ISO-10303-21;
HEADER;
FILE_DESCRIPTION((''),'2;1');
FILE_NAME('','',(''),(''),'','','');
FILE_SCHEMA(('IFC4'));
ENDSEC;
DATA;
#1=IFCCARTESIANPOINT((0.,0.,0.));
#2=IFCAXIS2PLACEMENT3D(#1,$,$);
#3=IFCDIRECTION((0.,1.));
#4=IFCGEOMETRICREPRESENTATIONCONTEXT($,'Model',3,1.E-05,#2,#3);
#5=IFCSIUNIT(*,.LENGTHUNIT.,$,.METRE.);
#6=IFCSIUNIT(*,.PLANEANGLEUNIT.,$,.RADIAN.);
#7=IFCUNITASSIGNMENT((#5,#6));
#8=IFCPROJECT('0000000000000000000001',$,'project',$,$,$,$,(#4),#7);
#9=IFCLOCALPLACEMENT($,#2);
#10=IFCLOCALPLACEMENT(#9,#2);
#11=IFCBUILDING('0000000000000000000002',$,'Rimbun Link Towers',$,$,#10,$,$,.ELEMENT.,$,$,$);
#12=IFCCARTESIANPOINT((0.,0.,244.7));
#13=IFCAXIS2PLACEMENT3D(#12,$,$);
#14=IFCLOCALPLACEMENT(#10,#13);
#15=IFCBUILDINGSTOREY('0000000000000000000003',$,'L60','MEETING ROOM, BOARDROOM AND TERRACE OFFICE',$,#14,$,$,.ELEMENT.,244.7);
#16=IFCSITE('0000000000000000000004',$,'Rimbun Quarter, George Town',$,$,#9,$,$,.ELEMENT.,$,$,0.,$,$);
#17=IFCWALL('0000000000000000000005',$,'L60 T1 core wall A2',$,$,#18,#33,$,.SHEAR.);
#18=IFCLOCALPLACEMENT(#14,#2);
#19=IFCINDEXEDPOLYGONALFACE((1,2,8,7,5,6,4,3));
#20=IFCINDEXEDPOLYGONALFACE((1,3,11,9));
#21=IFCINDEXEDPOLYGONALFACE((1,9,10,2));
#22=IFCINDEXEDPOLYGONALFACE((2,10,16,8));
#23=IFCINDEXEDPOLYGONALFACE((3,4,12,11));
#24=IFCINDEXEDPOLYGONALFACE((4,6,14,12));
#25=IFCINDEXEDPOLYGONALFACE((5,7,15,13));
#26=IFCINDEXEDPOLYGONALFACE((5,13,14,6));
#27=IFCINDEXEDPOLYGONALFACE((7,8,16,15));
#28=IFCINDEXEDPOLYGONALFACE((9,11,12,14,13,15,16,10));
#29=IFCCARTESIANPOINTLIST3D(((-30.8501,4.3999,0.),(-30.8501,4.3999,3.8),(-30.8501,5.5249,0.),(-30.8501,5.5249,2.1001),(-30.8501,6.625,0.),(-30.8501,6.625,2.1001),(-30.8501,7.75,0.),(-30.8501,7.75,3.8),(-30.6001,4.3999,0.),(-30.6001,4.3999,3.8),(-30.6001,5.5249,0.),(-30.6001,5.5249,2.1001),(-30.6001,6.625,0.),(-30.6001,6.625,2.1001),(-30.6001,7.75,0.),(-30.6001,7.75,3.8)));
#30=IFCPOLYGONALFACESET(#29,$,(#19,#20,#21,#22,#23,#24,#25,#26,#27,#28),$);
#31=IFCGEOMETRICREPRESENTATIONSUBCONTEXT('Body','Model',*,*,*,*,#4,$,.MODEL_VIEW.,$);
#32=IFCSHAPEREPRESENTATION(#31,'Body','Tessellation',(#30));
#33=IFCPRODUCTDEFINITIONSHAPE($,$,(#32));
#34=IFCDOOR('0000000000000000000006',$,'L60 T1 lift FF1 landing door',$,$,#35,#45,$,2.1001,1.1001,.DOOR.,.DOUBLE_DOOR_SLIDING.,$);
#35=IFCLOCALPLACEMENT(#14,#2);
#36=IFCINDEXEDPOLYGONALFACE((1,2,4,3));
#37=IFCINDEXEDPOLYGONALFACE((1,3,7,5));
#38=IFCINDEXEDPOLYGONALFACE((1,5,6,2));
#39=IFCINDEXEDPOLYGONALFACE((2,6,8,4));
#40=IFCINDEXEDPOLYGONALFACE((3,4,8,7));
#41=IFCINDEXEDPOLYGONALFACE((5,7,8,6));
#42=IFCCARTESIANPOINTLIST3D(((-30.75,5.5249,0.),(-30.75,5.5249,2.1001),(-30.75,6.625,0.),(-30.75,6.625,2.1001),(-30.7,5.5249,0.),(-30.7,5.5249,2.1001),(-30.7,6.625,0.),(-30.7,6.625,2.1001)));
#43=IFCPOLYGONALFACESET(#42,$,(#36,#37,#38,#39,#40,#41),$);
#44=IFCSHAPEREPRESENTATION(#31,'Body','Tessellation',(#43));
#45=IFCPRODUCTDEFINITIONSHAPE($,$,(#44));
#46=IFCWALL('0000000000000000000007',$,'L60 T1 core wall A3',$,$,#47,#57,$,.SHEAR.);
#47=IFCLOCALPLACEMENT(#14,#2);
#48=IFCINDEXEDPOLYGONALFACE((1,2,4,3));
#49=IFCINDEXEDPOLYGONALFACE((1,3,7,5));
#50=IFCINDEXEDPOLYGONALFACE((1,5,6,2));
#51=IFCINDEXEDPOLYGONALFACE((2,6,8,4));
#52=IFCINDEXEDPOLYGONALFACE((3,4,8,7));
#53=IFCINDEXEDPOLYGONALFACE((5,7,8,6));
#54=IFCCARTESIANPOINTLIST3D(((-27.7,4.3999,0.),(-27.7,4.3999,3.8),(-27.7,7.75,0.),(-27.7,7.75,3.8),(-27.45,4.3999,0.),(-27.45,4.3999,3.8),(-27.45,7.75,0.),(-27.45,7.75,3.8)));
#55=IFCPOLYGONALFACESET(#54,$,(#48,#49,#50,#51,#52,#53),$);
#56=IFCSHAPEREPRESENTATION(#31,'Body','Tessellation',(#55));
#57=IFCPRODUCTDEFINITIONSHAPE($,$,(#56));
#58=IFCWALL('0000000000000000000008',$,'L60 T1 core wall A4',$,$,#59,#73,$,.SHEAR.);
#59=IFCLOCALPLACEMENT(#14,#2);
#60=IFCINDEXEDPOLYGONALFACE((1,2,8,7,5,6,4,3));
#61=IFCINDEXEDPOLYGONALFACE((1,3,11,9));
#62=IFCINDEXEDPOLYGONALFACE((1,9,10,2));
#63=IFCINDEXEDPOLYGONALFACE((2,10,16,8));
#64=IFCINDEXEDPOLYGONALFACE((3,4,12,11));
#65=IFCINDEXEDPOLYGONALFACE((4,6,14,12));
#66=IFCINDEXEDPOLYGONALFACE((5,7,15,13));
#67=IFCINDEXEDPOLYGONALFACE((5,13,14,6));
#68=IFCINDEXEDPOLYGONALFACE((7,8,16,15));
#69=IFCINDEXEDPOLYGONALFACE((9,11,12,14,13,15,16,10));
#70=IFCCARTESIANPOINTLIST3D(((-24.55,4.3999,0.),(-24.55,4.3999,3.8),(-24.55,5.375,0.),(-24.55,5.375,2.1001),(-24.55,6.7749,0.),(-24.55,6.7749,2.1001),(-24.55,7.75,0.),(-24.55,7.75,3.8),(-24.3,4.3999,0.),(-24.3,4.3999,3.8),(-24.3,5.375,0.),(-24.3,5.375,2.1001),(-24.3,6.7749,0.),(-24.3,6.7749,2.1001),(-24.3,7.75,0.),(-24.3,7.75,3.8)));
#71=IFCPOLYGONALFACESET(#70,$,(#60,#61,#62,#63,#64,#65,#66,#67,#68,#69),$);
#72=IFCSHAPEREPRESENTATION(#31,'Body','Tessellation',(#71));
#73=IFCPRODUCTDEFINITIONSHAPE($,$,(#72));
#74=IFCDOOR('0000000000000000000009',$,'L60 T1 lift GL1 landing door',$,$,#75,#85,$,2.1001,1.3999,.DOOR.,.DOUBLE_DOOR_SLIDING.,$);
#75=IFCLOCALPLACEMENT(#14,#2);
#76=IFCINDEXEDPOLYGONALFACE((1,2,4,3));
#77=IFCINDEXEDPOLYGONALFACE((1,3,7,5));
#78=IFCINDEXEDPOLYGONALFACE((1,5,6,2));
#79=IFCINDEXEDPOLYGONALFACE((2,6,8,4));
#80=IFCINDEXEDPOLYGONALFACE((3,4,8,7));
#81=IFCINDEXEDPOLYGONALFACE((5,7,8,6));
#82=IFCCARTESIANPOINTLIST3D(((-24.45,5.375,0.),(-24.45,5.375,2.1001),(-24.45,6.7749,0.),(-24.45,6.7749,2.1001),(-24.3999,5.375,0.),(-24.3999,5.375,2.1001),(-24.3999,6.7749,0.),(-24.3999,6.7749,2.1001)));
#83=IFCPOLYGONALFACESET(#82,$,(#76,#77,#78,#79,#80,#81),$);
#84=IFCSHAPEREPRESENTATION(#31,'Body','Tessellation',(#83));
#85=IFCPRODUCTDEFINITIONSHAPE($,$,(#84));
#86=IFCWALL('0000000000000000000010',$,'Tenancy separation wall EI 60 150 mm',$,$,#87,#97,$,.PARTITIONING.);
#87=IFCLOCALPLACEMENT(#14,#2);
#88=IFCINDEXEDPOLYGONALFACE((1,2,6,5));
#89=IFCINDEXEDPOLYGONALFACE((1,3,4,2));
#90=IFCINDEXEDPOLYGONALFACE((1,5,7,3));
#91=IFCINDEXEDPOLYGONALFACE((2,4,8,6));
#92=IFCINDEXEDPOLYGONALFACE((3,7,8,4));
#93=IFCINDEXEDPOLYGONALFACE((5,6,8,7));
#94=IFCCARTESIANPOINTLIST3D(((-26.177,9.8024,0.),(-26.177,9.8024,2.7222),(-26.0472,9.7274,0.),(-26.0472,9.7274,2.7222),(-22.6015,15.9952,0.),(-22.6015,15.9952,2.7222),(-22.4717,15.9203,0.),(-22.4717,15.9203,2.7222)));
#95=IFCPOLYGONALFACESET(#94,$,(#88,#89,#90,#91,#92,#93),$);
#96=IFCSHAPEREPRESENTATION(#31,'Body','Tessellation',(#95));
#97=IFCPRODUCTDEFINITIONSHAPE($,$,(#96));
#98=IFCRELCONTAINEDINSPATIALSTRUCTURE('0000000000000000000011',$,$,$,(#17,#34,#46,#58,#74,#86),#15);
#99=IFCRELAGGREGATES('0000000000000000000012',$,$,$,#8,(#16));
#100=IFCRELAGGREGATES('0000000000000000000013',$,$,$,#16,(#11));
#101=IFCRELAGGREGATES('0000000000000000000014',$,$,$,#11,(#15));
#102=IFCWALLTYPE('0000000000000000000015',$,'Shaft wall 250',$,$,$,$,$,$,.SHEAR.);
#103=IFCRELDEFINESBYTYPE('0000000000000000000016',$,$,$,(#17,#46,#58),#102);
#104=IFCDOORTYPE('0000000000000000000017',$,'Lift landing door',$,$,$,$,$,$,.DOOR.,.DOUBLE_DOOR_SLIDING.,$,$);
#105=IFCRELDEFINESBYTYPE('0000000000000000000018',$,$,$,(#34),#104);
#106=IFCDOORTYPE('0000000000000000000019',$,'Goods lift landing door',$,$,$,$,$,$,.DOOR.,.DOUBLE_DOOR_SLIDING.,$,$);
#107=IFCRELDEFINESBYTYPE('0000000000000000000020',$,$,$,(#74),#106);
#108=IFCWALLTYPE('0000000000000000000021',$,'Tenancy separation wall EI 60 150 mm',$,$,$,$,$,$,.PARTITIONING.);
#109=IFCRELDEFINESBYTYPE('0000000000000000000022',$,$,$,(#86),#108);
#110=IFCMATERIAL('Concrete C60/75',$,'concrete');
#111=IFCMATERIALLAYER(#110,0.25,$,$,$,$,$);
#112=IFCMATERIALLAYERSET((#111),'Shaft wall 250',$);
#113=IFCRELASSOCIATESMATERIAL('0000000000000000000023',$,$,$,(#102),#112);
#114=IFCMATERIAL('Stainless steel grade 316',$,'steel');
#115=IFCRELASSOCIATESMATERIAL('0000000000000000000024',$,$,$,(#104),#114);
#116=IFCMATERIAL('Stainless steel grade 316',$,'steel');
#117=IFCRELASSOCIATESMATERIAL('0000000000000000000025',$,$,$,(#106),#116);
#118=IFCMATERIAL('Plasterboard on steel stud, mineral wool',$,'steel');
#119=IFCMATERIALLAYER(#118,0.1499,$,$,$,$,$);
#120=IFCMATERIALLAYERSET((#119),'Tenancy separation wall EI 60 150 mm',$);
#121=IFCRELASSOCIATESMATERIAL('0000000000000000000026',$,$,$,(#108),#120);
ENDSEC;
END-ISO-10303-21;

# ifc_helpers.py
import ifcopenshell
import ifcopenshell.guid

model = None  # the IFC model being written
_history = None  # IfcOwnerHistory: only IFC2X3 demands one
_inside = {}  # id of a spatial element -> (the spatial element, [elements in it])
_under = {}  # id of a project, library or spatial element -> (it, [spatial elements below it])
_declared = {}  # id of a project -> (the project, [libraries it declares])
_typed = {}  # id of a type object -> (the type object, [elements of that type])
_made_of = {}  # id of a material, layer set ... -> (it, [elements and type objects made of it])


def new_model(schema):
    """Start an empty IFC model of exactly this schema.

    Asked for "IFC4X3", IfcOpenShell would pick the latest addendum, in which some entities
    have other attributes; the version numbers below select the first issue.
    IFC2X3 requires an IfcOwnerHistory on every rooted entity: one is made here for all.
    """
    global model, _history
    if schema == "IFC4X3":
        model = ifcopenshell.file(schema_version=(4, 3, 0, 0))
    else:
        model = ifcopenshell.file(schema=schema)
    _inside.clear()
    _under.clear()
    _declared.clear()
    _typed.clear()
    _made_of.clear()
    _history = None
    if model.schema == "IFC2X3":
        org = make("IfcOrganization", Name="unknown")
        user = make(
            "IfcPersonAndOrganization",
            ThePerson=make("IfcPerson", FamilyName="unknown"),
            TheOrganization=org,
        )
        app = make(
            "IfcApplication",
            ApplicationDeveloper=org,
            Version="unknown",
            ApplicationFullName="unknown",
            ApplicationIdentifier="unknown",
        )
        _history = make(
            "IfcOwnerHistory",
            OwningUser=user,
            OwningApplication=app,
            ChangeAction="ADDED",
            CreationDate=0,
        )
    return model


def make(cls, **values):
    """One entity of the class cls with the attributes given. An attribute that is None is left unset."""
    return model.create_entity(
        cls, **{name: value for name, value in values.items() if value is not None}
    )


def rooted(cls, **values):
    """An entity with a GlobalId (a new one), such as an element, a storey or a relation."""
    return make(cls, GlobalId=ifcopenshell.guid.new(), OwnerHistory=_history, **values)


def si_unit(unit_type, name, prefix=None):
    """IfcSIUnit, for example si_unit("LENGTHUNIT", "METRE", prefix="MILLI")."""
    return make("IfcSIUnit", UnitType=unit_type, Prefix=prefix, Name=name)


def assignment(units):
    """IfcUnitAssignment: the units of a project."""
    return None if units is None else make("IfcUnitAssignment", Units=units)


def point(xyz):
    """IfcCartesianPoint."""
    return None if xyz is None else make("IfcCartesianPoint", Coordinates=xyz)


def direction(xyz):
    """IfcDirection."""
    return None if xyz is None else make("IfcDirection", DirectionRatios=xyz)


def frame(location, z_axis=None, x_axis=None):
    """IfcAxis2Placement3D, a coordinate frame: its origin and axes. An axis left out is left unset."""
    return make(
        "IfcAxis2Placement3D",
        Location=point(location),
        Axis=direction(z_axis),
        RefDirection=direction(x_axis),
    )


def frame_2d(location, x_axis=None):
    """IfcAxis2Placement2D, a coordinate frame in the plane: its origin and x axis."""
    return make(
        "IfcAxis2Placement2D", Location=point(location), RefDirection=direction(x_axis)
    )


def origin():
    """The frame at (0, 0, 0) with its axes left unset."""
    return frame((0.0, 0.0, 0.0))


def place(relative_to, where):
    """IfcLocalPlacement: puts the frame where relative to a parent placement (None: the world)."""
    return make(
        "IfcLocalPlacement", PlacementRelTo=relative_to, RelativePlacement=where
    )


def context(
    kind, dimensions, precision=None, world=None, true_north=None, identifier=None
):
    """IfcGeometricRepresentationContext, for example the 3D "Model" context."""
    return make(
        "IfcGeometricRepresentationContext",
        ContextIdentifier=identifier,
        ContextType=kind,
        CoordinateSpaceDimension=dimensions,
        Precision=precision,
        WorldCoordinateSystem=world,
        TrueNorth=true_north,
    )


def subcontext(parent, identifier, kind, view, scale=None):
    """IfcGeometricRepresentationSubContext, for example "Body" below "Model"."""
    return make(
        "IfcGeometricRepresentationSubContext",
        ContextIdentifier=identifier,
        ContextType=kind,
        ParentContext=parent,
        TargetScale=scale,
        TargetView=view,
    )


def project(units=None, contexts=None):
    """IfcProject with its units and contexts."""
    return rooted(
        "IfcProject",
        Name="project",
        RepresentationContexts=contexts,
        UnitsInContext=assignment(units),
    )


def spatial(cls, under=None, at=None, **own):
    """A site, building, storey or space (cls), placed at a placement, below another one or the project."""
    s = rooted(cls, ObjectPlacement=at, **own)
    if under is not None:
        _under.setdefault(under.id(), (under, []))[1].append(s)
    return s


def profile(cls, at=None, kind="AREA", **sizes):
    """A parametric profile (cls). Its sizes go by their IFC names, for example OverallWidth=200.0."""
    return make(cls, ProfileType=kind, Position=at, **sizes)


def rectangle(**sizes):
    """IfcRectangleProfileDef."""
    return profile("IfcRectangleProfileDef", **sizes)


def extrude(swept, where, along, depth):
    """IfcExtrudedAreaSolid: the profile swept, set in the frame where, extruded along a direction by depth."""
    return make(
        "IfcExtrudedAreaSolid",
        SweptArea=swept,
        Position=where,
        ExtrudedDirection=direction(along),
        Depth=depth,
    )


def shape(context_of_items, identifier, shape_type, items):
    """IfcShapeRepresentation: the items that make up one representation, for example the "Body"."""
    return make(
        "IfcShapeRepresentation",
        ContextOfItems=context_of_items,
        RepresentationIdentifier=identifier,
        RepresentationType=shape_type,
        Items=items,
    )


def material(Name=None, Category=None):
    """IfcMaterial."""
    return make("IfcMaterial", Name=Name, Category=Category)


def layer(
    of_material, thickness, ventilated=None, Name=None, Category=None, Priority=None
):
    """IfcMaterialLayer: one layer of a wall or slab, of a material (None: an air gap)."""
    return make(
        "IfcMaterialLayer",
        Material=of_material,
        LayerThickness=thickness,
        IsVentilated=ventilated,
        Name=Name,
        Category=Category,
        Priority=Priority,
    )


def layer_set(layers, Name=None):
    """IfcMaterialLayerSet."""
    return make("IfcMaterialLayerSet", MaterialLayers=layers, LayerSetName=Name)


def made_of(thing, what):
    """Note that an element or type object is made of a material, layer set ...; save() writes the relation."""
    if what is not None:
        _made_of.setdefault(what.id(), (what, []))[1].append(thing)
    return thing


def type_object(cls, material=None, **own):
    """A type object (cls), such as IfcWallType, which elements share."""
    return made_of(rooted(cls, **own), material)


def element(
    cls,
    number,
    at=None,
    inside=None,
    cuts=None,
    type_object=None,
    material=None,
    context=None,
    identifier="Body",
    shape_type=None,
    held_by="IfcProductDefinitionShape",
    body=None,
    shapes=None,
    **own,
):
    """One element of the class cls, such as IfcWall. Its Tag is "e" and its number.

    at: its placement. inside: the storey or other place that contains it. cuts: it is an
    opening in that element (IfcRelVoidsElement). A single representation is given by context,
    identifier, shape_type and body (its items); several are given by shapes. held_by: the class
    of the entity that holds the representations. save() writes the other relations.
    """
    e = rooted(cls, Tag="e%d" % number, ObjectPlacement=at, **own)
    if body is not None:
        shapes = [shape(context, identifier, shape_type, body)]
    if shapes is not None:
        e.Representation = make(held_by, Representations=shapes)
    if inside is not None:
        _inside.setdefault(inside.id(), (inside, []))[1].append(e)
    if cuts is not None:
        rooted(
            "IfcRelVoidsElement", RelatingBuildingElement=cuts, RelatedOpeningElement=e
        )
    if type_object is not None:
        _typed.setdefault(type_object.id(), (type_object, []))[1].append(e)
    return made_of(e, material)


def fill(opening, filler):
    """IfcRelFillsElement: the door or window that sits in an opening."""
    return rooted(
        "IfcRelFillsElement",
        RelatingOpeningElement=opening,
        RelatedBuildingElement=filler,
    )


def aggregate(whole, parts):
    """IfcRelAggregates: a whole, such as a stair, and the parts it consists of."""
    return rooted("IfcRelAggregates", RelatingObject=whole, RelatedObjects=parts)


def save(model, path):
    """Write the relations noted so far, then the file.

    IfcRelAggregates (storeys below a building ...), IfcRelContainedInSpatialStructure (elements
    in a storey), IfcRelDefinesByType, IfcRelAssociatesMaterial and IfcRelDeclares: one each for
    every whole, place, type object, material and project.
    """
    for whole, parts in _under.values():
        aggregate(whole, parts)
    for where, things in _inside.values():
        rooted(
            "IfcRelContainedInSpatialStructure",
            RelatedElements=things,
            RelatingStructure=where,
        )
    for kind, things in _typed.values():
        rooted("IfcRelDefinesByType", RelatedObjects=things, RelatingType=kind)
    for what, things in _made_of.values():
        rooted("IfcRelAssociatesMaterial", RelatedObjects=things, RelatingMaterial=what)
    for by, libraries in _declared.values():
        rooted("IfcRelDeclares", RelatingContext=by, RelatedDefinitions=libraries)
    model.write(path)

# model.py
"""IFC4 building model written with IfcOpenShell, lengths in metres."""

from ifc_helpers import new_model, si_unit, direction, frame, frame_2d, origin, place, context, subcontext, project, spatial, rectangle, extrude, material, layer, layer_set, type_object, element, fill, save


model = new_model("IFC4")

# Units and contexts
model_context = context("Model", 3, precision=1e-05, world=origin(), true_north=direction((0.0, 1.0)))
body_context = subcontext(model_context, "Body", "Model", "MODEL_VIEW")
ifc_project = project(units=[si_unit("LENGTHUNIT", "METRE"), si_unit("PLANEANGLEUNIT", "RADIAN")], contexts=[model_context])

# Site, building, storey
site_placement = place(None, origin())
site = spatial("IfcSite", under=ifc_project, at=site_placement, Name="Rimbun Quarter, George Town", CompositionType="ELEMENT", RefElevation=0.0)
building_placement = place(site_placement, origin())
building = spatial("IfcBuilding", under=site, at=building_placement, Name="Rimbun Link Towers", CompositionType="ELEMENT")
storey_placement = place(building_placement, frame((0.0, 0.0, 244.7)))
storey = spatial("IfcBuildingStorey", under=building, at=storey_placement, Name="L60", Description="MEETING ROOM, BOARDROOM AND TERRACE OFFICE", CompositionType="ELEMENT", Elevation=244.7)

# Shared definitions
ifc_material_1 = material(Name="Concrete C60/75", Category="concrete")
ifc_layer_1 = layer(ifc_material_1, 0.25)
ifc_layer_set_1 = layer_set([ifc_layer_1], Name="Shaft wall 250")
wall_type_1 = type_object("IfcWallType", Name="Shaft wall 250", PredefinedType="SHEAR", material=ifc_layer_set_1)

# Wall, opening, door
wall_1_placement = place(storey_placement, frame((-30.7251, 4.3999, 0.0), z_axis=(0.0, 0.0, 1.0), x_axis=(0.0, 1.0, 0.0)))
wall_1 = element("IfcWall", 1, at=wall_1_placement, inside=storey, type_object=wall_type_1, Name="L60 T1 core wall A2", PredefinedType="SHEAR", context=body_context, shape_type="SweptSolid", body=[
    extrude(rectangle(XDim=3.3501, YDim=0.25, at=frame_2d((1.675, 0.0))), origin(), (0.0, 0.0, 1.0), 3.8),
])
opening_1_placement = place(wall_1_placement, frame((1.125, 0.0, 0.0)))
opening_1 = element("IfcOpeningElement", 2, at=opening_1_placement, cuts=wall_1, PredefinedType="OPENING", context=body_context, shape_type="SweptSolid", body=[
    extrude(rectangle(XDim=1.1001, YDim=2.1001, at=frame_2d((0.55, 1.05))), frame((0.0, 0.135, 0.0), z_axis=(0.0, -1.0, 0.0), x_axis=(1.0, 0.0, 0.0)), (0.0, 0.0, 1.0), 0.27),
])
ifc_material_2 = material(Name="Stainless steel grade 316", Category="steel")
door_type_1 = type_object("IfcDoorType", Name="Lift landing door", OperationType="DOUBLE_DOOR_SLIDING", PredefinedType="DOOR", material=ifc_material_2)
door_1_placement = place(opening_1_placement, origin())
door_1 = element("IfcDoor", 3, at=door_1_placement, inside=storey, type_object=door_type_1, Name="L60 T1 lift FF1 landing door", OperationType="DOUBLE_DOOR_SLIDING", OverallHeight=2.1001, OverallWidth=1.1001, PredefinedType="DOOR", context=body_context, shape_type="SweptSolid", body=[
    extrude(rectangle(XDim=1.1001, YDim=2.1001, at=frame_2d((0.55, 1.05))), frame((0.0, 0.0249, 0.0), z_axis=(0.0, -1.0, 0.0), x_axis=(1.0, 0.0, 0.0)), (0.0, 0.0, 1.0), 0.05),
])
fill(opening_1, door_1)

# Wall
wall_2_placement = place(storey_placement, frame((-27.575, 4.3999, 0.0), z_axis=(0.0, 0.0, 1.0), x_axis=(0.0, 1.0, 0.0)))
element("IfcWall", 4, at=wall_2_placement, inside=storey, type_object=wall_type_1, Name="L60 T1 core wall A3", PredefinedType="SHEAR", context=body_context, shape_type="SweptSolid", body=[
    extrude(rectangle(XDim=3.3501, YDim=0.25, at=frame_2d((1.675, 0.0))), origin(), (0.0, 0.0, 1.0), 3.8),
])

# Wall, opening, door
wall_3_placement = place(storey_placement, frame((-24.425, 4.3999, 0.0), z_axis=(0.0, 0.0, 1.0), x_axis=(0.0, 1.0, 0.0)))
wall_3 = element("IfcWall", 5, at=wall_3_placement, inside=storey, type_object=wall_type_1, Name="L60 T1 core wall A4", PredefinedType="SHEAR", context=body_context, shape_type="SweptSolid", body=[
    extrude(rectangle(XDim=3.3501, YDim=0.25, at=frame_2d((1.675, 0.0))), origin(), (0.0, 0.0, 1.0), 3.8),
])
opening_2_placement = place(wall_3_placement, frame((0.9751, 0.0, 0.0)))
opening_2 = element("IfcOpeningElement", 6, at=opening_2_placement, cuts=wall_3, PredefinedType="OPENING", context=body_context, shape_type="SweptSolid", body=[
    extrude(rectangle(XDim=1.3999, YDim=2.1001, at=frame_2d((0.7, 1.05))), frame((0.0, 0.135, 0.0), z_axis=(0.0, -1.0, 0.0), x_axis=(1.0, 0.0, 0.0)), (0.0, 0.0, 1.0), 0.27),
])
ifc_material_3 = material(Name="Stainless steel grade 316", Category="steel")
door_type_2 = type_object("IfcDoorType", Name="Goods lift landing door", OperationType="DOUBLE_DOOR_SLIDING", PredefinedType="DOOR", material=ifc_material_3)
door_2_placement = place(opening_2_placement, origin())
door_2 = element("IfcDoor", 7, at=door_2_placement, inside=storey, type_object=door_type_2, Name="L60 T1 lift GL1 landing door", OperationType="DOUBLE_DOOR_SLIDING", OverallHeight=2.1001, OverallWidth=1.3999, PredefinedType="DOOR", context=body_context, shape_type="SweptSolid", body=[
    extrude(rectangle(XDim=1.3999, YDim=2.1001, at=frame_2d((0.7, 1.05))), frame((0.0, 0.0249, 0.0), z_axis=(0.0, -1.0, 0.0), x_axis=(1.0, 0.0, 0.0)), (0.0, 0.0, 1.0), 0.05),
])
fill(opening_2, door_2)

# Wall
ifc_material_4 = material(Name="Plasterboard on steel stud, mineral wool", Category="steel")
ifc_layer_2 = layer(ifc_material_4, 0.1499)
ifc_layer_set_2 = layer_set([ifc_layer_2], Name="Tenancy separation wall EI 60 150 mm")
wall_type_2 = type_object("IfcWallType", Name="Tenancy separation wall EI 60 150 mm", PredefinedType="PARTITIONING", material=ifc_layer_set_2)
wall_4_placement = place(storey_placement, frame((-26.1121, 9.7649, 0.0), z_axis=(0.0, 0.0, 1.0), x_axis=(0.499998, 0.866026, 0.0)))
element("IfcWall", 8, at=wall_4_placement, inside=storey, type_object=wall_type_2, Name="Tenancy separation wall EI 60 150 mm", PredefinedType="PARTITIONING", context=body_context, shape_type="SweptSolid", body=[
    extrude(rectangle(XDim=7.1509, YDim=0.1499, at=frame_2d((3.5754, 0.0))), origin(), (0.0, 0.0, 1.0), 2.7222),
])

save(model, "model.ifc")
